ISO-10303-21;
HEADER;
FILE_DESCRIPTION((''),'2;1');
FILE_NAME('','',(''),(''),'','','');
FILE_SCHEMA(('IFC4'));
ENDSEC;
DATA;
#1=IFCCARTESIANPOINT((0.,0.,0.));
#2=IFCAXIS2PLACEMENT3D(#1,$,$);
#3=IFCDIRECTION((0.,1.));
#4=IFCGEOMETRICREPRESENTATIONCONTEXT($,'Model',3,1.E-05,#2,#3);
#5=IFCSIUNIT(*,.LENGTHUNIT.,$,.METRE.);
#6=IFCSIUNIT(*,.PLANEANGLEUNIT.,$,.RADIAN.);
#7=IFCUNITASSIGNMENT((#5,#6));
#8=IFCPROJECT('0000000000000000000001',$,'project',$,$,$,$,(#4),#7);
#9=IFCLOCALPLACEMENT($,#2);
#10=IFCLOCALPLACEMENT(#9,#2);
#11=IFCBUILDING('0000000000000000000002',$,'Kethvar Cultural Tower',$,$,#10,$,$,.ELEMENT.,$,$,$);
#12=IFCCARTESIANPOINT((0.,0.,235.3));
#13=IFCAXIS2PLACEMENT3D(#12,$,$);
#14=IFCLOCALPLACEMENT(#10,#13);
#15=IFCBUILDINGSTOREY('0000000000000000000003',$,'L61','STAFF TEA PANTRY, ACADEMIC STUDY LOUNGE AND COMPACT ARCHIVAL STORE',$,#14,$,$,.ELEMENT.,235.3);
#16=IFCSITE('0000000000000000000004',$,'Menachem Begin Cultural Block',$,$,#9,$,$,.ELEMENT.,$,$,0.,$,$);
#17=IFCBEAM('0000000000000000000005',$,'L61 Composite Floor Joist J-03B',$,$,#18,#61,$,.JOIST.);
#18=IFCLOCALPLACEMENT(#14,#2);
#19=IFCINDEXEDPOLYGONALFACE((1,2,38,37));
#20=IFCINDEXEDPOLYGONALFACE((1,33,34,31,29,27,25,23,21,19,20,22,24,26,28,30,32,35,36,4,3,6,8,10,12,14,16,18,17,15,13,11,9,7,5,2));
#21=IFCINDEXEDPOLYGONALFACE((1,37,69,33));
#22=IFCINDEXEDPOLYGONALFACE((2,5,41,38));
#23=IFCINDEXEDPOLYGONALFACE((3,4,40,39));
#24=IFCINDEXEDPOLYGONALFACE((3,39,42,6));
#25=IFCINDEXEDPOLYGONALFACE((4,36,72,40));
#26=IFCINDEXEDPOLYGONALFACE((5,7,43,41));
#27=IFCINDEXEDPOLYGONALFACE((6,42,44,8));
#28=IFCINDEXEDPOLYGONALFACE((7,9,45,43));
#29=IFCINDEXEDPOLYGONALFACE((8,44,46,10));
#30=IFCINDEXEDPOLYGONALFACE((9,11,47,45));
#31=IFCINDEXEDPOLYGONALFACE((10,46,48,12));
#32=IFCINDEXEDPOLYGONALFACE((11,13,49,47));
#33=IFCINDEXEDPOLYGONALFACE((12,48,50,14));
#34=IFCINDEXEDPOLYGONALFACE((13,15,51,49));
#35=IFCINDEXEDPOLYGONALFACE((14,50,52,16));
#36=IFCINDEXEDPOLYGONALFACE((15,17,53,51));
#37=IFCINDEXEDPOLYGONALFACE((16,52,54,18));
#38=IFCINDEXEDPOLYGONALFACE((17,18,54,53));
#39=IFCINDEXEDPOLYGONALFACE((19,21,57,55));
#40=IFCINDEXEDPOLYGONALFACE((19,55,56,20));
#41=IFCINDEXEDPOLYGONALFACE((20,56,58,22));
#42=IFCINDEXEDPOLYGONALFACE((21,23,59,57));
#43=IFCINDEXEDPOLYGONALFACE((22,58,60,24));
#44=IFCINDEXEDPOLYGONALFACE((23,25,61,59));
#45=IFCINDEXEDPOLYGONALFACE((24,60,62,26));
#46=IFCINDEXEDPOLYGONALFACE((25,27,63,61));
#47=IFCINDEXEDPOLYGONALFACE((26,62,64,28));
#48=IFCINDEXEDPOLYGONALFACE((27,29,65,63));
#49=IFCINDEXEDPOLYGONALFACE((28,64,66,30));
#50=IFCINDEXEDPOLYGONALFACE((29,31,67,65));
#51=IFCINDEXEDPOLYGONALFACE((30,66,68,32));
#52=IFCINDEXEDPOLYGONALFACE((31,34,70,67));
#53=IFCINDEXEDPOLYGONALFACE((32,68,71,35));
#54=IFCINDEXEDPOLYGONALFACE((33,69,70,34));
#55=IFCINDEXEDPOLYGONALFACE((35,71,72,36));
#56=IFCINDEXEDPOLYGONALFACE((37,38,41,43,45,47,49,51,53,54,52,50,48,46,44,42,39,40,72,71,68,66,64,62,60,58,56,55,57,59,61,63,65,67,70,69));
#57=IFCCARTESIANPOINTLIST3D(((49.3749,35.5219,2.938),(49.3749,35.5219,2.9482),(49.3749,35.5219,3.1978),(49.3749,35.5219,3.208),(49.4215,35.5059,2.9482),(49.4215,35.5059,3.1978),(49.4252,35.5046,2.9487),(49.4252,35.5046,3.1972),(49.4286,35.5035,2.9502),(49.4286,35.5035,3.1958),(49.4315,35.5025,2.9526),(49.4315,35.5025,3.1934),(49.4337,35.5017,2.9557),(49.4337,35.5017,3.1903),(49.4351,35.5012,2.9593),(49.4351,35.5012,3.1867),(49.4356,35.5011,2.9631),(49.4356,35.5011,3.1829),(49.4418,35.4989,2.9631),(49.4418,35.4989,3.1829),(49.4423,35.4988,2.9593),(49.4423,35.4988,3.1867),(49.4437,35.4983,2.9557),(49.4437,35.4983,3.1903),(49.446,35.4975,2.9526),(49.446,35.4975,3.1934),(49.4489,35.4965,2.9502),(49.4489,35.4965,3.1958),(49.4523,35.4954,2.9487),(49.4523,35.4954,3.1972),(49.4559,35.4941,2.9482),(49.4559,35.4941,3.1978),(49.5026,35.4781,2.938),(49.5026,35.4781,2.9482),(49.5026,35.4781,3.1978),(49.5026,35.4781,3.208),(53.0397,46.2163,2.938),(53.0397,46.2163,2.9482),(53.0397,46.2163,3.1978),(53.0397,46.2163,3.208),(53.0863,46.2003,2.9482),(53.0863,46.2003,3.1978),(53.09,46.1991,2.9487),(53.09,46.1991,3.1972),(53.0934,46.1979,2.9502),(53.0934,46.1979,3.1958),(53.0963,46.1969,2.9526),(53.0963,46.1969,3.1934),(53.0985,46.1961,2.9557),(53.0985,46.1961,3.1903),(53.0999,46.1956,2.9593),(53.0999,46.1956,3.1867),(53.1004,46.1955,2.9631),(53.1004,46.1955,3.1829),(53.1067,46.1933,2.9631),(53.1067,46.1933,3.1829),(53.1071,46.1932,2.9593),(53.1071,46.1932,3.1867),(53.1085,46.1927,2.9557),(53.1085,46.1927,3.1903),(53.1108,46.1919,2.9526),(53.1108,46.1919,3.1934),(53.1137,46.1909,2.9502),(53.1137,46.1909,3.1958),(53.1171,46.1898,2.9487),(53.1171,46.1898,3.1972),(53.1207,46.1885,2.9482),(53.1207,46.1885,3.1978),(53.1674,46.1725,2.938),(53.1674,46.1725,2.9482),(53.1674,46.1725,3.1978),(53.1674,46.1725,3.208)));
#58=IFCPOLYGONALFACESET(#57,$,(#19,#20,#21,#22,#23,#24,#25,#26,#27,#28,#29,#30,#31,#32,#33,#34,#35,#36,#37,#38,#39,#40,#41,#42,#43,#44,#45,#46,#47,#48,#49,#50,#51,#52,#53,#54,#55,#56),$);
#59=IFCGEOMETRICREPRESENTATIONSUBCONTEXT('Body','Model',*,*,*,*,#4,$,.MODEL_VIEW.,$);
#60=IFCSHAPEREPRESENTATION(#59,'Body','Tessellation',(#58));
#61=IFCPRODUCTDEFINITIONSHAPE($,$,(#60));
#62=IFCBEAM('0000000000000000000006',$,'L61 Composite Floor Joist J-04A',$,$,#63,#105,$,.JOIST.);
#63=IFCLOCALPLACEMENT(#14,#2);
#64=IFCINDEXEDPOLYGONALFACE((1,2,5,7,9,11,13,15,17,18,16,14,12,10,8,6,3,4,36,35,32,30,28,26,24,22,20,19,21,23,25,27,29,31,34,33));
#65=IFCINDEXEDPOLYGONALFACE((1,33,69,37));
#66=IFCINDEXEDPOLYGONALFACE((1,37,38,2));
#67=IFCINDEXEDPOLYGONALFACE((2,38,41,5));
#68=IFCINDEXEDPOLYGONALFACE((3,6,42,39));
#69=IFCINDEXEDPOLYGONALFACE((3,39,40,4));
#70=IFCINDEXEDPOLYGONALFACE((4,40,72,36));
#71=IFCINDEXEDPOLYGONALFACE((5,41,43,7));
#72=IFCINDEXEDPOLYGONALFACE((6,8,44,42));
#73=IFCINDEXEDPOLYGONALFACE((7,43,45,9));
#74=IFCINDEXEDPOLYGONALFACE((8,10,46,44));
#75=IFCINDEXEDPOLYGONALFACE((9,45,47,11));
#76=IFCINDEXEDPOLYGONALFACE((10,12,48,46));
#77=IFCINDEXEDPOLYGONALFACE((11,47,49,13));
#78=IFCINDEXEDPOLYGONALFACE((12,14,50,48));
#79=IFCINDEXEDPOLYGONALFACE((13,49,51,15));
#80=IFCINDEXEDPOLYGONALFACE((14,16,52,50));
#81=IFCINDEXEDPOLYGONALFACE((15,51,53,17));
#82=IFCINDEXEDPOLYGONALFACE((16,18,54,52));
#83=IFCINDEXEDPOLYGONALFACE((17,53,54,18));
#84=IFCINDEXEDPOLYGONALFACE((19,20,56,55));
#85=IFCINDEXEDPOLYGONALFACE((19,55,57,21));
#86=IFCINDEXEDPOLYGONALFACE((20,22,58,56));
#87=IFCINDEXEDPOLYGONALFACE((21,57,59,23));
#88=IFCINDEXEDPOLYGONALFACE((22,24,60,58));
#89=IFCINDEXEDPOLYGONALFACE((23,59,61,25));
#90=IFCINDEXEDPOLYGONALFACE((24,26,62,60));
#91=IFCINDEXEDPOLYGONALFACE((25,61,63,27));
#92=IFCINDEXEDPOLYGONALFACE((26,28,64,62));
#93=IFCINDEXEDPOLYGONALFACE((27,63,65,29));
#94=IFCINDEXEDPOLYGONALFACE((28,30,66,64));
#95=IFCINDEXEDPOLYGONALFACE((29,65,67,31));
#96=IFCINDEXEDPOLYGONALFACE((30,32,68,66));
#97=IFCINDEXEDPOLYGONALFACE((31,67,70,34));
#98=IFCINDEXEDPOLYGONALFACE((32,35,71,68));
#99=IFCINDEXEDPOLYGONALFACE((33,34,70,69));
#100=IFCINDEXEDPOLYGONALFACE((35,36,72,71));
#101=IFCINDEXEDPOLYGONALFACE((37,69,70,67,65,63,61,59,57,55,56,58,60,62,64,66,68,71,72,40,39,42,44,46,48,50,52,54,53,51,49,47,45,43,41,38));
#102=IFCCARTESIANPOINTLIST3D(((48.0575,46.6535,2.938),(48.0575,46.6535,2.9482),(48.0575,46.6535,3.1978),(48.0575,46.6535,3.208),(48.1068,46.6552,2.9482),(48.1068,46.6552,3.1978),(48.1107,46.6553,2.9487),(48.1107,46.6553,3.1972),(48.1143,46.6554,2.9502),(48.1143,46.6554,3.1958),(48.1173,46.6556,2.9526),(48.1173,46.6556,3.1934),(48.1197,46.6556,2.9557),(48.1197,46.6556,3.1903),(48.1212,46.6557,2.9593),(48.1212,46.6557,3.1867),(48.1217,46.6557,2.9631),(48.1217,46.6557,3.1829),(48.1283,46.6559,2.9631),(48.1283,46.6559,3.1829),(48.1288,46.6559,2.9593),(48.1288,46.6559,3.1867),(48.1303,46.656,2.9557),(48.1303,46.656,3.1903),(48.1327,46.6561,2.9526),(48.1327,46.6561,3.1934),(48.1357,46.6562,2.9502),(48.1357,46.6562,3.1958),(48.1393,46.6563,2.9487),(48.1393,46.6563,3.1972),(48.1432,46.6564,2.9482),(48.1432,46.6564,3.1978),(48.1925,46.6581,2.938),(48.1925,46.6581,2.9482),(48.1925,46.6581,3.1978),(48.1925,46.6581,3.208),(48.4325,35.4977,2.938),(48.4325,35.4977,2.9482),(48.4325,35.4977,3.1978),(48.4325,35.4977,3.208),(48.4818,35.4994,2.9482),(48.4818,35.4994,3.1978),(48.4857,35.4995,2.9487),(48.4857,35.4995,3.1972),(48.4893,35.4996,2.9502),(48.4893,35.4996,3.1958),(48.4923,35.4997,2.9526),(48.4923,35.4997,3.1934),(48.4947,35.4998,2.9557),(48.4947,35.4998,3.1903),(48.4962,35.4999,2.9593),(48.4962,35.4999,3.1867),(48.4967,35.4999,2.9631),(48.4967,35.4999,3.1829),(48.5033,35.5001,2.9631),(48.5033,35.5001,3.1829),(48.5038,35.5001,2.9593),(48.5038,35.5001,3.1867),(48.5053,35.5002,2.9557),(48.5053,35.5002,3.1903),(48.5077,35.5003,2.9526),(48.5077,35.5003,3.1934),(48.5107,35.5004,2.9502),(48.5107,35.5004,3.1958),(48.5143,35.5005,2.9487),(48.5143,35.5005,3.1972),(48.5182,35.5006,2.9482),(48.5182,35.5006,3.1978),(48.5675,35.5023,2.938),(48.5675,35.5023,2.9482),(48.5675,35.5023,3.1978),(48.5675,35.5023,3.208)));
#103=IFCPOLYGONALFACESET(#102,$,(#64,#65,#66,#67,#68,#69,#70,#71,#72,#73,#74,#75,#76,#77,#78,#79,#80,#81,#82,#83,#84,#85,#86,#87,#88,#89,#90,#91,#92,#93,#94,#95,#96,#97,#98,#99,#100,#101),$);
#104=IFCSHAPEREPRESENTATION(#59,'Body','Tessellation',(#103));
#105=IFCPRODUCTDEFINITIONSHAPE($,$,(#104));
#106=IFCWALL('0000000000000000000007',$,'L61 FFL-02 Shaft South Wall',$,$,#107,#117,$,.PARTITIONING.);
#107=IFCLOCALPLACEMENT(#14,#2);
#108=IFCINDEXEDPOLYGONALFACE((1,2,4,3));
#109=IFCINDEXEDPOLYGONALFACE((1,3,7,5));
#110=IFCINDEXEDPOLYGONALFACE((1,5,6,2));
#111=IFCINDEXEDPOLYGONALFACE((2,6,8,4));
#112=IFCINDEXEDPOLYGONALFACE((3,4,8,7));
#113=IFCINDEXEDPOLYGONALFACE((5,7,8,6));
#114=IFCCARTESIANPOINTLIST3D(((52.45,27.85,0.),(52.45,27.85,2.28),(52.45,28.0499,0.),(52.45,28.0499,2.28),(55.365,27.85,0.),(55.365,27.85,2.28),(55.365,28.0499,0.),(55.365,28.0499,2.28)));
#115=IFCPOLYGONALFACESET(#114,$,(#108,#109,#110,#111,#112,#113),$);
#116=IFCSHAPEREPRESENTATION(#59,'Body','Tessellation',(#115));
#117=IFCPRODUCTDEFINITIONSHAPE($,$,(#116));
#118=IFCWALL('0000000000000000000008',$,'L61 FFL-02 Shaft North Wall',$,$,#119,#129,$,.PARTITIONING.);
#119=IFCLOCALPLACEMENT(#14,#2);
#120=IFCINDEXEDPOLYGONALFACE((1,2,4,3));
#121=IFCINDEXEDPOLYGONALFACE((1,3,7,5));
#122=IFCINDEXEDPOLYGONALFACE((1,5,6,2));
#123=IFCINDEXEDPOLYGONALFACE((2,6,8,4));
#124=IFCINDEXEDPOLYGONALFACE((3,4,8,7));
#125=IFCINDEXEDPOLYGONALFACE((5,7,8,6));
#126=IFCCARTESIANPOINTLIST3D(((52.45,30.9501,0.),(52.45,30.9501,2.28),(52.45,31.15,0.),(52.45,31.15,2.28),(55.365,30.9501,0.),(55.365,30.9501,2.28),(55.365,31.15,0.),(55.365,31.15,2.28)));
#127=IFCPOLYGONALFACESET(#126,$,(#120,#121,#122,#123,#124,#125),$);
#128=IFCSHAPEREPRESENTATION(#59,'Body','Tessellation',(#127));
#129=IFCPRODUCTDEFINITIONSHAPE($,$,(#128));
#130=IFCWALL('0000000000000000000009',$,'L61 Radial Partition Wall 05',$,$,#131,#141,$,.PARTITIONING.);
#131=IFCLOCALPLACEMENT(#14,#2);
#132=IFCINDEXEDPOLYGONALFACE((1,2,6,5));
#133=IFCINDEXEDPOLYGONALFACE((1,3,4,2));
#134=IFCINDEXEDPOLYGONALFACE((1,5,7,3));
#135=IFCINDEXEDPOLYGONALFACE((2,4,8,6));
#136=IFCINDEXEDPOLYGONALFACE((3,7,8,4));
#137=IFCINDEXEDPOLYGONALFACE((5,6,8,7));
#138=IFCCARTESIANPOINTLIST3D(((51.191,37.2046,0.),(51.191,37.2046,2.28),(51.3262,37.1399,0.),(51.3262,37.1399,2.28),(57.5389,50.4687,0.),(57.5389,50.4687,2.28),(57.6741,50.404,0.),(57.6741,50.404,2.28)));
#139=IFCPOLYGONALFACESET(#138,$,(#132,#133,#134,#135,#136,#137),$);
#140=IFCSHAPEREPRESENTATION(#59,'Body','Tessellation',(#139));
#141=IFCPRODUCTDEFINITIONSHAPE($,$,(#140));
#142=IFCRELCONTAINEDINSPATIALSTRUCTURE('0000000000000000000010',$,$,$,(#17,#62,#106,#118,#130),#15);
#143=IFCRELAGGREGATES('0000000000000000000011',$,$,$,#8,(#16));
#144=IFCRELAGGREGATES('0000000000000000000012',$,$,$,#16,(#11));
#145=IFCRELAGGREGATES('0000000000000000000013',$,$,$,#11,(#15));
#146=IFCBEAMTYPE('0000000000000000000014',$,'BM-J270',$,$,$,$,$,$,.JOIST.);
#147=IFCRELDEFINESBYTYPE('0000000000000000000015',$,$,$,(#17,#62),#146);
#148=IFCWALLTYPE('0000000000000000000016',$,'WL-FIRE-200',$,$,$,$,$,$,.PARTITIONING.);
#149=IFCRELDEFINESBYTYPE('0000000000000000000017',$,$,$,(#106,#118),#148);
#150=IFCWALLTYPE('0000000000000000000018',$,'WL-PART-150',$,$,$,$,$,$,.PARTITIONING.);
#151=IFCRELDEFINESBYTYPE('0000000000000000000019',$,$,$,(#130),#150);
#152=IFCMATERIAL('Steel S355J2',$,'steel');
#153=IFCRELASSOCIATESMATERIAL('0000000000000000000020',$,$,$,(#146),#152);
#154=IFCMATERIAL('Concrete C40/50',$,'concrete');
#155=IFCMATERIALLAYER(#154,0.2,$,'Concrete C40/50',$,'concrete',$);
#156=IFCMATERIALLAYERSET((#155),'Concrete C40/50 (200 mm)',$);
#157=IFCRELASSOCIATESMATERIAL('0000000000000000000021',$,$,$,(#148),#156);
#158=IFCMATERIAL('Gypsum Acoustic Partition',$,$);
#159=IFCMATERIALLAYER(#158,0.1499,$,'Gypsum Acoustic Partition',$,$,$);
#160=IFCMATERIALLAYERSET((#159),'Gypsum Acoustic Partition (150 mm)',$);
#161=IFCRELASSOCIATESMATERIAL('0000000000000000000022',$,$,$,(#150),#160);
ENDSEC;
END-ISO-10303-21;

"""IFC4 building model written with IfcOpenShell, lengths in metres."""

from ifc_helpers import new_model, si_unit, direction, frame, frame_2d, origin, origin_2d, place, context, subcontext, project, spatial, rectangle, i_section, extrude, source, transform, mapped, material, layer, layer_set, material_profile, profile_set, type_object, element, save


model = new_model("IFC4")

# Units and contexts
model_context = context("Model", 3, precision=1e-05, world=origin(), true_north=direction((0.0, 1.0)))
body_context = subcontext(model_context, "Body", "Model", "MODEL_VIEW")
ifc_project = project(units=[si_unit("LENGTHUNIT", "METRE"), si_unit("PLANEANGLEUNIT", "RADIAN")], contexts=[model_context])

# Site, building, storey
site_placement = place(None, origin())
site = spatial("IfcSite", under=ifc_project, at=site_placement, Name="Menachem Begin Cultural Block", CompositionType="ELEMENT", RefElevation=0.0)
building_placement = place(site_placement, origin())
building = spatial("IfcBuilding", under=site, at=building_placement, Name="Kethvar Cultural Tower", CompositionType="ELEMENT")
storey_placement = place(building_placement, frame((0.0, 0.0, 235.3)))
storey = spatial("IfcBuildingStorey", under=building, at=storey_placement, Name="L61", Description="STAFF TEA PANTRY, ACADEMIC STUDY LOUNGE AND COMPACT ARCHIVAL STORE", CompositionType="ELEMENT", Elevation=235.3)

# Beams
ifc_material_1 = material(Name="Steel S355J2", Category="steel")
ifc_material_profile_1 = material_profile(ifc_material_1, i_section(OverallWidth=0.135, OverallDepth=0.27, WebThickness=0.0066, FlangeThickness=0.0103, FilletRadius=0.0149, at=origin_2d()), Name="Steel S355J2 — IPE270")
ifc_profile_set_1 = profile_set([ifc_material_profile_1], Name="Steel S355J2 — IPE270")
beam_type_1 = type_object("IfcBeamType", Name="BM-J270", PredefinedType="JOIST", material=ifc_profile_set_1)
shared_shape_1 = source(origin(), body_context, "Body", "SweptSolid", [
    extrude(i_section(OverallWidth=0.135, OverallDepth=0.27, WebThickness=0.0066, FlangeThickness=0.0103, FilletRadius=0.0149, at=origin_2d()), origin(), (0.0, 0.0, 1.0), 11.3049),
])
beam_1_placement = place(storey_placement, frame((49.4387, 35.5, 3.073), z_axis=(0.324179, 0.945996, 0.0), x_axis=(-0.945996, 0.324179, 0.0)))
element("IfcBeam", 1, at=beam_1_placement, inside=storey, type_object=beam_type_1, Name="L61 Composite Floor Joist J-03B", PredefinedType="JOIST", context=body_context, shape_type="MappedRepresentation", body=[
    mapped(shared_shape_1, transform((0.0, 0.0, 0.0), scale=1.0)),
])
shared_shape_2 = source(origin(), body_context, "Body", "SweptSolid", [
    extrude(i_section(OverallWidth=0.135, OverallDepth=0.27, WebThickness=0.0066, FlangeThickness=0.0103, FilletRadius=0.0149, at=origin_2d()), origin(), (0.0, 0.0, 1.0), 11.1621),
])
beam_2_placement = place(storey_placement, frame((48.5, 35.5, 3.073), z_axis=(-0.033596, 0.999435, 0.0), x_axis=(-0.999435, -0.033596, 0.0)))
element("IfcBeam", 2, at=beam_2_placement, inside=storey, type_object=beam_type_1, Name="L61 Composite Floor Joist J-04A", PredefinedType="JOIST", context=body_context, shape_type="MappedRepresentation", body=[
    mapped(shared_shape_2, transform((0.0, 0.0, 0.0), scale=1.0)),
])

# Walls
ifc_material_2 = material(Name="Concrete C40/50", Category="concrete")
ifc_layer_1 = layer(ifc_material_2, 0.2, Name="Concrete C40/50", Category="concrete")
ifc_layer_set_1 = layer_set([ifc_layer_1], Name="Concrete C40/50 (200 mm)")
wall_type_1 = type_object("IfcWallType", Name="WL-FIRE-200", PredefinedType="PARTITIONING", material=ifc_layer_set_1)
for number, where, z_axis, x_axis, name in (
    (3, (52.45, 27.95, 0.0), (0.0, 0.0, 1.0), (1.0, 0.0, 0.0), "L61 FFL-02 Shaft South Wall"),
    (4, (52.45, 31.05, 0.0), (0.0, 0.0, 1.0), (1.0, 0.0, 0.0), "L61 FFL-02 Shaft North Wall"),
):
    element("IfcWall", number, at=place(storey_placement, frame(where, z_axis=z_axis, x_axis=x_axis)), inside=storey, type_object=wall_type_1, Name=name, PredefinedType="PARTITIONING", context=body_context, shape_type="SweptSolid", body=[
        extrude(rectangle(XDim=2.915, YDim=0.2, at=frame_2d((1.4575, 0.0))), origin(), (0.0, 0.0, 1.0), 2.28),
    ])
ifc_material_3 = material(Name="Gypsum Acoustic Partition")
ifc_layer_2 = layer(ifc_material_3, 0.1499, Name="Gypsum Acoustic Partition")
ifc_layer_set_2 = layer_set([ifc_layer_2], Name="Gypsum Acoustic Partition (150 mm)")
wall_type_2 = type_object("IfcWallType", Name="WL-PART-150", PredefinedType="PARTITIONING", material=ifc_layer_set_2)
wall_1_placement = place(storey_placement, frame((51.2585, 37.1721, 0.0), z_axis=(0.0, 0.0, 1.0), x_axis=(0.431686, 0.902024, 0.0)))
element("IfcWall", 5, at=wall_1_placement, inside=storey, type_object=wall_type_2, Name="L61 Radial Partition Wall 05", PredefinedType="PARTITIONING", context=body_context, shape_type="SweptSolid", body=[
    extrude(rectangle(XDim=14.7048, YDim=0.1499, at=frame_2d((7.3525, 0.0))), origin(), (0.0, 0.0, 1.0), 2.28),
])

save(model, "model.ifc")
